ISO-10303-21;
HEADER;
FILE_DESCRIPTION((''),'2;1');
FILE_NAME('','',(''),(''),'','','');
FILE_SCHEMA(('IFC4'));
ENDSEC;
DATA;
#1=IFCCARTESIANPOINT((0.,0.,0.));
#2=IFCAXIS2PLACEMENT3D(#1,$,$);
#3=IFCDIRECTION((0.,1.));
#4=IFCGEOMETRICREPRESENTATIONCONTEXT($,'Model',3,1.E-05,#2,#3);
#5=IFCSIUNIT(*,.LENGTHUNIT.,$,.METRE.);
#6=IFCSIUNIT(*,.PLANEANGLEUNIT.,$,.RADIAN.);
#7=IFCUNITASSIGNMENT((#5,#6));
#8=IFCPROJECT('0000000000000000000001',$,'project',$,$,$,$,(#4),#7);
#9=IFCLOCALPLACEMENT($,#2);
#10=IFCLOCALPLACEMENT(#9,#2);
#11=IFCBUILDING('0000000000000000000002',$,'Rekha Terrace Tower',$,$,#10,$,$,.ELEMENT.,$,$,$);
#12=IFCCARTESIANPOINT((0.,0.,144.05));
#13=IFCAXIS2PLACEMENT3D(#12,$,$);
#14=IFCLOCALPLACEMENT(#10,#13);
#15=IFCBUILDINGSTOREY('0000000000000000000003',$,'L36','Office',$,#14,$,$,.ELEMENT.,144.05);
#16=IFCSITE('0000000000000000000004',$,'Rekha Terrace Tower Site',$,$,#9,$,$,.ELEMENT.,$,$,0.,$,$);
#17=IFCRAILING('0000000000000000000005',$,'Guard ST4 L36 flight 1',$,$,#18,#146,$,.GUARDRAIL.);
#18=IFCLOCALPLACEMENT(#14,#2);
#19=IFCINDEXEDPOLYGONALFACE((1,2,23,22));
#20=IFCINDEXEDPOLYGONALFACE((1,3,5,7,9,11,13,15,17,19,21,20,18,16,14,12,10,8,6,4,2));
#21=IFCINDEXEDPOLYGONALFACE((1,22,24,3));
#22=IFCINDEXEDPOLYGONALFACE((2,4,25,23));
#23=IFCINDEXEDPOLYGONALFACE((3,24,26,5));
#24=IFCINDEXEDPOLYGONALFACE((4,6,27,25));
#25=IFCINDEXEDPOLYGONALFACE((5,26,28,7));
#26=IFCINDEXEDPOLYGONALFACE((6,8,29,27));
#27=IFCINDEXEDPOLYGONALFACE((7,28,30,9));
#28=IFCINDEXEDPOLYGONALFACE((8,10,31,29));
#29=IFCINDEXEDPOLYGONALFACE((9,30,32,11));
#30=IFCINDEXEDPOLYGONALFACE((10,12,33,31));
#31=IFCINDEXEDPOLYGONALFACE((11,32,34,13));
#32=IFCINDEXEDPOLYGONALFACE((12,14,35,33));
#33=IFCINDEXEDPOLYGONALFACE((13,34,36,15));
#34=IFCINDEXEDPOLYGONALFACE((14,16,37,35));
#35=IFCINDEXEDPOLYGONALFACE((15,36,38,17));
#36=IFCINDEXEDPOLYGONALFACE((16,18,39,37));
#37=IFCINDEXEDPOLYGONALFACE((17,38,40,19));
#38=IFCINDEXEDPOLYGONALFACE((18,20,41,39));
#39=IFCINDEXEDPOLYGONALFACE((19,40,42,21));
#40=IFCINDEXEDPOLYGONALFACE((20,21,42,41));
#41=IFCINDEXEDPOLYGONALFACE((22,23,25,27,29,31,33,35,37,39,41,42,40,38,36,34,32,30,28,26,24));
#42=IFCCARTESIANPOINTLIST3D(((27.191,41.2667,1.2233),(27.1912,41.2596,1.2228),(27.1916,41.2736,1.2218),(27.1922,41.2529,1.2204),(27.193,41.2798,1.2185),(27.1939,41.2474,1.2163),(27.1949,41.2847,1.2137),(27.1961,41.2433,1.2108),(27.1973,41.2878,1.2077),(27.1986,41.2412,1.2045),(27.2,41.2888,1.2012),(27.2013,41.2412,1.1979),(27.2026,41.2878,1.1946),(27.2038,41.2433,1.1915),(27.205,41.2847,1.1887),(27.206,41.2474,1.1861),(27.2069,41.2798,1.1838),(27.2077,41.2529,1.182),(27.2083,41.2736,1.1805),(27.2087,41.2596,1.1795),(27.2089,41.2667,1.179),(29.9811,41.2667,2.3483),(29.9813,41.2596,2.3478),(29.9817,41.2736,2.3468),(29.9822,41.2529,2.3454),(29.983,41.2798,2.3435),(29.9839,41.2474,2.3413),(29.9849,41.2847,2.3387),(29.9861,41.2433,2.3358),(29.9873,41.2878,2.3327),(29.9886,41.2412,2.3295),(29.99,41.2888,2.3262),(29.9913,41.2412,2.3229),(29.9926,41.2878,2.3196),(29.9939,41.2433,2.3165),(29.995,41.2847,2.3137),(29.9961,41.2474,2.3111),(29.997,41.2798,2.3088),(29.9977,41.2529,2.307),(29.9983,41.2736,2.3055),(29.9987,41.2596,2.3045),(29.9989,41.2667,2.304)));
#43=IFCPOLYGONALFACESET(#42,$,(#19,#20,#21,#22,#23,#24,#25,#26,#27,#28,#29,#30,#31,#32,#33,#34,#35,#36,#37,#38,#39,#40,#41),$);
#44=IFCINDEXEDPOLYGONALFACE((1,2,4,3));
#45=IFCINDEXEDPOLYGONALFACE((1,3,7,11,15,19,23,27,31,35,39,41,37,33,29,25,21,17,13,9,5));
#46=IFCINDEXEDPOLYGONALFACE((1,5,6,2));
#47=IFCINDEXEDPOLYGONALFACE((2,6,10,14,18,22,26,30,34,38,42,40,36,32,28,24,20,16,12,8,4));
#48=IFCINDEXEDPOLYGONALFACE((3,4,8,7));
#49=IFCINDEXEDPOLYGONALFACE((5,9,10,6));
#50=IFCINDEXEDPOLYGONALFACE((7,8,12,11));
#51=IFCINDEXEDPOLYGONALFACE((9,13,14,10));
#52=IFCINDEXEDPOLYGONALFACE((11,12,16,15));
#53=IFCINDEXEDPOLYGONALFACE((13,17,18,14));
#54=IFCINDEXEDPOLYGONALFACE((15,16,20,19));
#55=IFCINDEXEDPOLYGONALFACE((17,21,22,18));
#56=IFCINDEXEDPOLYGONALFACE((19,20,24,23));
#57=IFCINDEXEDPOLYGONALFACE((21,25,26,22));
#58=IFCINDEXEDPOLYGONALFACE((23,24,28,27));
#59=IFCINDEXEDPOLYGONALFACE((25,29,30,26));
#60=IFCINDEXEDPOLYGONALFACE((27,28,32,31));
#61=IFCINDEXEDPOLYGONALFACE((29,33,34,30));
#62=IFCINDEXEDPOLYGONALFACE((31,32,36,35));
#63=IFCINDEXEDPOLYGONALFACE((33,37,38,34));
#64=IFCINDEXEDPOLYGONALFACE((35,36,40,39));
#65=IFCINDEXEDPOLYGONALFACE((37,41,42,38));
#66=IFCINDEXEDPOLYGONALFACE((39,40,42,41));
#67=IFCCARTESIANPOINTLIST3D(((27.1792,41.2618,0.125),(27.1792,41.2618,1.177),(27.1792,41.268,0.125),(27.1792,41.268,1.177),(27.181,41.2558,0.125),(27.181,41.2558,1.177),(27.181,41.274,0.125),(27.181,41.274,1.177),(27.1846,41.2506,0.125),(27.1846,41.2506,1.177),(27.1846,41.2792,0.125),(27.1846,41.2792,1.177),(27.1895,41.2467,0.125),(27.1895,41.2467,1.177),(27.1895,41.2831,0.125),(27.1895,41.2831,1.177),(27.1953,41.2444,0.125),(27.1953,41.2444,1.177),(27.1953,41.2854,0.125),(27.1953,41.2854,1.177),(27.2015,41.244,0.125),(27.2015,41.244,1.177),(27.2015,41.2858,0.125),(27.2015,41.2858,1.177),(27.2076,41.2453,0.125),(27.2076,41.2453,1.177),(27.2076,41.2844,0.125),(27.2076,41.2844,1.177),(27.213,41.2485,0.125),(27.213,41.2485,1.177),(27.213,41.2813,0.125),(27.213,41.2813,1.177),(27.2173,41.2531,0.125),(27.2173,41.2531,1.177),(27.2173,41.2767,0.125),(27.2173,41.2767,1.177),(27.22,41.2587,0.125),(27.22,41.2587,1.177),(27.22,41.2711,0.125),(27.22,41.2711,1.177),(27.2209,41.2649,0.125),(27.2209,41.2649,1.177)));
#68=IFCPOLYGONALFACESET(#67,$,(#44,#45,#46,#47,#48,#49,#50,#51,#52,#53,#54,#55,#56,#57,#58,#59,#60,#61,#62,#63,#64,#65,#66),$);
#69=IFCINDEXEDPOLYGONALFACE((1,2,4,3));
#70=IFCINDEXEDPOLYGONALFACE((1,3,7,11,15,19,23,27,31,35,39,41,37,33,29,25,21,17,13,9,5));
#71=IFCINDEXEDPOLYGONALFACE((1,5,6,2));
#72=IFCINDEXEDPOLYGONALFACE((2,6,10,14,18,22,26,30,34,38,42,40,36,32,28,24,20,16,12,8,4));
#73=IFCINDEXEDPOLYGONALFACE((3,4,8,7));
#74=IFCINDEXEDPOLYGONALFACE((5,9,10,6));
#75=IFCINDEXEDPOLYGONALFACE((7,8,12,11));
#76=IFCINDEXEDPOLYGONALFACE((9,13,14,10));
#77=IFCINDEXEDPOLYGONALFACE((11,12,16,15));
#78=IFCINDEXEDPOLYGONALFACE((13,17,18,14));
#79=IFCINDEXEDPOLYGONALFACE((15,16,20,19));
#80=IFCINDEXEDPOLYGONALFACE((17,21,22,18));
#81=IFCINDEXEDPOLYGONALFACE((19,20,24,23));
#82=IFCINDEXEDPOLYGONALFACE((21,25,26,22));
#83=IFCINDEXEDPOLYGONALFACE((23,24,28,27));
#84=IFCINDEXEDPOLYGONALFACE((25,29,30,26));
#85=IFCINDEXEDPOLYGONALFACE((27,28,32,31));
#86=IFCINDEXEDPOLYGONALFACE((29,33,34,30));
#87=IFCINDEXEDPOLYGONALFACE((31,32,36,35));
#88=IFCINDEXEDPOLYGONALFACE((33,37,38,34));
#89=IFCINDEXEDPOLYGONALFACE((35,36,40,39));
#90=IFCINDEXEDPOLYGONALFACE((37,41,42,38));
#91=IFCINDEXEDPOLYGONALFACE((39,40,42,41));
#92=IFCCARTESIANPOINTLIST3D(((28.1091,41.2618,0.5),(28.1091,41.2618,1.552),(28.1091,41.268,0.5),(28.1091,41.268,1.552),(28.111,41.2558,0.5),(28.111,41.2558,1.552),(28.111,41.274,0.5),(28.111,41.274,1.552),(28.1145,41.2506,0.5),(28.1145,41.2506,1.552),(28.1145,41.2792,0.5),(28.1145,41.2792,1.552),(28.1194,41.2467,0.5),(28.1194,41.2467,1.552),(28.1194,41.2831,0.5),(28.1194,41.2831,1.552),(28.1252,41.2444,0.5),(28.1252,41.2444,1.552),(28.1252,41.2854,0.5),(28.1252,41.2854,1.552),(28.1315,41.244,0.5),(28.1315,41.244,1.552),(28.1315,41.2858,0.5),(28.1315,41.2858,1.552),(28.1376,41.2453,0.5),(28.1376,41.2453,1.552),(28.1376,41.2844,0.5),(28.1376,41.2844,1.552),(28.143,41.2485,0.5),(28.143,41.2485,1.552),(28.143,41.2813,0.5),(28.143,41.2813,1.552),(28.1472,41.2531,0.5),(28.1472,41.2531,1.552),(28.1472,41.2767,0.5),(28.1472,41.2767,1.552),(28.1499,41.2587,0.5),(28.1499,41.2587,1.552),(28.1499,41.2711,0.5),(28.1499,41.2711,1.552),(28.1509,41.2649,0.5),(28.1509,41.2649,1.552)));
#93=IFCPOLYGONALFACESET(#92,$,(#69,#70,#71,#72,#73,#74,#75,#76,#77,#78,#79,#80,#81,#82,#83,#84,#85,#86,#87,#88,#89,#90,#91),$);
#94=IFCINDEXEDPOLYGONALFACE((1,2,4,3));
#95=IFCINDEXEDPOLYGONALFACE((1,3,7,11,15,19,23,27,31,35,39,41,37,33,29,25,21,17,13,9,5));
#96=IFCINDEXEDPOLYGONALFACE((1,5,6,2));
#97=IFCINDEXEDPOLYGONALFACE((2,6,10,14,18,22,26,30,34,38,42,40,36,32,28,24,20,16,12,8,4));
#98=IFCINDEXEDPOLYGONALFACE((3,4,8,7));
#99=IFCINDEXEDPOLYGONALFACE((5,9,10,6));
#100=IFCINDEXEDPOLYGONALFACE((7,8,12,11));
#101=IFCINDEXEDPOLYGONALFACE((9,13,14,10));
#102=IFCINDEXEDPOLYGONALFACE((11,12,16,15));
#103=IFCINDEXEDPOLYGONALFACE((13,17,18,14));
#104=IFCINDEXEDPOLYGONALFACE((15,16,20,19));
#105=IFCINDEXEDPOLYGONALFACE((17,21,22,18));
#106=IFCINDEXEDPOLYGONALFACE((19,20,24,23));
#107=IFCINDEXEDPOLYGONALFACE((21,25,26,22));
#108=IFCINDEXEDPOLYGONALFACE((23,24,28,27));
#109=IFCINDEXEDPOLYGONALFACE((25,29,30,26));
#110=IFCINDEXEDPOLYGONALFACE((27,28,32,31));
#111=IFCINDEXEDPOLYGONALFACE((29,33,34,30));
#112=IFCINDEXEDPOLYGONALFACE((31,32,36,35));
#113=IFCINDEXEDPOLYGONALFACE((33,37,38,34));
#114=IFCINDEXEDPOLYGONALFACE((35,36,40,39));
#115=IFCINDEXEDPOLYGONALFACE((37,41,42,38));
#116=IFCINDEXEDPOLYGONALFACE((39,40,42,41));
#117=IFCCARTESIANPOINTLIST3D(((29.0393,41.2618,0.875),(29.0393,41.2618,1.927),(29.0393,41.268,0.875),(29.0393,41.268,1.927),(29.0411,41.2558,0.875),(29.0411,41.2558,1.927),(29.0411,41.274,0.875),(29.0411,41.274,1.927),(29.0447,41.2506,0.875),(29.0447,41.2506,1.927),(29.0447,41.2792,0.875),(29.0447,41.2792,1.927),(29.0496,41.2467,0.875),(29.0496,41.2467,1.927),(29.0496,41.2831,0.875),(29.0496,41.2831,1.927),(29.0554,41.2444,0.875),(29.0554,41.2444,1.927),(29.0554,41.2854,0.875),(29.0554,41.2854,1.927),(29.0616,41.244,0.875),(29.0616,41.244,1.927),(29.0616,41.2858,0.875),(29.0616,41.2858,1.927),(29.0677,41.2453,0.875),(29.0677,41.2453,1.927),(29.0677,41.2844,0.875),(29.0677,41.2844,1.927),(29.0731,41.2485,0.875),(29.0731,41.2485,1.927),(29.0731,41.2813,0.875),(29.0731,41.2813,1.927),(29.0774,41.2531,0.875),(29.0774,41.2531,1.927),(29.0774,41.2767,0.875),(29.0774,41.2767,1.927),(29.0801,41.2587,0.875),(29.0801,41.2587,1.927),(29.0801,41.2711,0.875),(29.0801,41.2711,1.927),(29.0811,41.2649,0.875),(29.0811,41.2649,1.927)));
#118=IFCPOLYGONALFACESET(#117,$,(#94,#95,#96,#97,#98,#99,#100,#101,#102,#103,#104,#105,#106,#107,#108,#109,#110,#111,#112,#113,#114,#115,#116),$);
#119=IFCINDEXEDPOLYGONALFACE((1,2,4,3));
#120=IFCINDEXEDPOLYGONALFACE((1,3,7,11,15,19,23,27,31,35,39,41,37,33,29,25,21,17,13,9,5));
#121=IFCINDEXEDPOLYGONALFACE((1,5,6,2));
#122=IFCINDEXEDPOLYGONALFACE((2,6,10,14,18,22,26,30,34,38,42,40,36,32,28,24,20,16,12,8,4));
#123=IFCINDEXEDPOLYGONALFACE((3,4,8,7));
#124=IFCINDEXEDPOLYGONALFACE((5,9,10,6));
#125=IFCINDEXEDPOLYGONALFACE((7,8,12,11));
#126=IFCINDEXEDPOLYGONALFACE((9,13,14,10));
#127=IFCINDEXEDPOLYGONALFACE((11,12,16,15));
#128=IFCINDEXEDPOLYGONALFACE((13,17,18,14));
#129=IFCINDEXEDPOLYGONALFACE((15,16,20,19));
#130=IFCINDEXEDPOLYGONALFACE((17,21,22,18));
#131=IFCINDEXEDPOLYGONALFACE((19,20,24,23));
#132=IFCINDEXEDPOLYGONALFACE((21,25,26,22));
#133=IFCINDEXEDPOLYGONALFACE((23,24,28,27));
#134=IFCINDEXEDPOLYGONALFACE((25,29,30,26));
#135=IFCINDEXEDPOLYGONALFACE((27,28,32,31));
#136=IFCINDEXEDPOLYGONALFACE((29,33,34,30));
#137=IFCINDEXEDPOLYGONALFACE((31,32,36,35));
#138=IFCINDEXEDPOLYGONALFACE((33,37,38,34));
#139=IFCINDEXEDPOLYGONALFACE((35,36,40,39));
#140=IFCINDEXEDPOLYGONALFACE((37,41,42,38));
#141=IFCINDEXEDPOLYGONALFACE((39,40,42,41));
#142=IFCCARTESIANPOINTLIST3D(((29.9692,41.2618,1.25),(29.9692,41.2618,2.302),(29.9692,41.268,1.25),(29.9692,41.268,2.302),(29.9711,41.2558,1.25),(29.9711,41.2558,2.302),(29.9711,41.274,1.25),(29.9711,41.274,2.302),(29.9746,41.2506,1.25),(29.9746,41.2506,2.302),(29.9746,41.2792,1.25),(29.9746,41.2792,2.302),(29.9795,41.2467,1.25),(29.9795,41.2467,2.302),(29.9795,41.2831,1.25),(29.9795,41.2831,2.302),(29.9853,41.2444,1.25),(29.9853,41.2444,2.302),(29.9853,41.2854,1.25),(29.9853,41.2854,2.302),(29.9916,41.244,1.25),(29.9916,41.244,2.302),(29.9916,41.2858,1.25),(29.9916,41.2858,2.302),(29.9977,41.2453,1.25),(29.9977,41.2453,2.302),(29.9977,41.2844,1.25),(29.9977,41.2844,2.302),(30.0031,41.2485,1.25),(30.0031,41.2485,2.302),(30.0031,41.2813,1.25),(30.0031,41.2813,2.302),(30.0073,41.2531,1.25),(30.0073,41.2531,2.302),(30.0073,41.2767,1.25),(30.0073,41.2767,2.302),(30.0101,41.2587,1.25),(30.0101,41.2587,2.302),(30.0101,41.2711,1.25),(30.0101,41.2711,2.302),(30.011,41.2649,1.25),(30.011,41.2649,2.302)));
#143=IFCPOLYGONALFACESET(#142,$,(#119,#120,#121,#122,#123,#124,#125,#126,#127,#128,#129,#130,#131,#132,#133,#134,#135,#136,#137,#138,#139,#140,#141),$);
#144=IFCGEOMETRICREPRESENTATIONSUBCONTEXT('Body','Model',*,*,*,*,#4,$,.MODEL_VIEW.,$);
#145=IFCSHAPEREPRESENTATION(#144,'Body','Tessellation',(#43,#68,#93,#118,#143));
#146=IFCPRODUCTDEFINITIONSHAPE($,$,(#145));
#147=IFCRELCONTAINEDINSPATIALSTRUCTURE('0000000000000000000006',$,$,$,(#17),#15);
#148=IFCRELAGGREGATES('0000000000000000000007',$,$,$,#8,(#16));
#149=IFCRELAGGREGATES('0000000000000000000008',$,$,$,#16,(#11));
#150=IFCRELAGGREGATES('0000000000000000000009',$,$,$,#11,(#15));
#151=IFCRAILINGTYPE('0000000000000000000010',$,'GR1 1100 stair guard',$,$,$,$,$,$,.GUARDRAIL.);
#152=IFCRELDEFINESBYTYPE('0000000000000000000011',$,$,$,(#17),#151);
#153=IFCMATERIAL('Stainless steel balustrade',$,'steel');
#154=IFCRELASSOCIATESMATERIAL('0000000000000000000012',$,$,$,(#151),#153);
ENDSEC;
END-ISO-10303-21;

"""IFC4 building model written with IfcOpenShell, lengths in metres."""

from ifc_helpers import new_model, si_unit, direction, frame, origin, origin_2d, place, context, subcontext, project, spatial, circle, extrude, material, type_object, element, save


model = new_model("IFC4")

# Units and contexts
model_context = context("Model", 3, precision=1e-05, world=origin(), true_north=direction((0.0, 1.0)))
body_context = subcontext(model_context, "Body", "Model", "MODEL_VIEW")
ifc_project = project(units=[si_unit("LENGTHUNIT", "METRE"), si_unit("PLANEANGLEUNIT", "RADIAN")], contexts=[model_context])

# Site, building, storey
site_placement = place(None, origin())
site = spatial("IfcSite", under=ifc_project, at=site_placement, Name="Rekha Terrace Tower Site", CompositionType="ELEMENT", RefElevation=0.0)
building_placement = place(site_placement, origin())
building = spatial("IfcBuilding", under=site, at=building_placement, Name="Rekha Terrace Tower", CompositionType="ELEMENT")
storey_placement = place(building_placement, frame((0.0, 0.0, 144.05)))
storey = spatial("IfcBuildingStorey", under=building, at=storey_placement, Name="L36", Description="Office", CompositionType="ELEMENT", Elevation=144.05)

# Railing
ifc_material_1 = material(Name="Stainless steel balustrade", Category="steel")
railing_type_1 = type_object("IfcRailingType", Name="GR1 1100 stair guard", PredefinedType="GUARDRAIL", material=ifc_material_1)
railing_1_placement = place(storey_placement, frame((27.2, 41.2649, 0.125)))
element("IfcRailing", 1, at=railing_1_placement, inside=storey, type_object=railing_type_1, Name="Guard ST4 L36 flight 1", PredefinedType="GUARDRAIL", context=body_context, shape_type="SweptSolid", body=[
    extrude(circle(Radius=0.0239, at=origin_2d()), frame((0.0, 0.0, 1.0762), z_axis=(0.927443, 0.0, 0.373964), x_axis=(0.0, 1.0, 0.0)), (0.0, 0.0, 1.0), 3.0083),
    extrude(circle(Radius=0.021, at=origin_2d()), origin(), (0.0, 0.0, 1.0), 1.052),
    extrude(circle(Radius=0.021, at=origin_2d()), frame((0.9299, 0.0, 0.375)), (0.0, 0.0, 1.0), 1.052),
    extrude(circle(Radius=0.021, at=origin_2d()), frame((1.8601, 0.0, 0.75)), (0.0, 0.0, 1.0), 1.052),
    extrude(circle(Radius=0.021, at=origin_2d()), frame((2.79, 0.0, 1.125)), (0.0, 0.0, 1.0), 1.052),
])

save(model, "model.ifc")
